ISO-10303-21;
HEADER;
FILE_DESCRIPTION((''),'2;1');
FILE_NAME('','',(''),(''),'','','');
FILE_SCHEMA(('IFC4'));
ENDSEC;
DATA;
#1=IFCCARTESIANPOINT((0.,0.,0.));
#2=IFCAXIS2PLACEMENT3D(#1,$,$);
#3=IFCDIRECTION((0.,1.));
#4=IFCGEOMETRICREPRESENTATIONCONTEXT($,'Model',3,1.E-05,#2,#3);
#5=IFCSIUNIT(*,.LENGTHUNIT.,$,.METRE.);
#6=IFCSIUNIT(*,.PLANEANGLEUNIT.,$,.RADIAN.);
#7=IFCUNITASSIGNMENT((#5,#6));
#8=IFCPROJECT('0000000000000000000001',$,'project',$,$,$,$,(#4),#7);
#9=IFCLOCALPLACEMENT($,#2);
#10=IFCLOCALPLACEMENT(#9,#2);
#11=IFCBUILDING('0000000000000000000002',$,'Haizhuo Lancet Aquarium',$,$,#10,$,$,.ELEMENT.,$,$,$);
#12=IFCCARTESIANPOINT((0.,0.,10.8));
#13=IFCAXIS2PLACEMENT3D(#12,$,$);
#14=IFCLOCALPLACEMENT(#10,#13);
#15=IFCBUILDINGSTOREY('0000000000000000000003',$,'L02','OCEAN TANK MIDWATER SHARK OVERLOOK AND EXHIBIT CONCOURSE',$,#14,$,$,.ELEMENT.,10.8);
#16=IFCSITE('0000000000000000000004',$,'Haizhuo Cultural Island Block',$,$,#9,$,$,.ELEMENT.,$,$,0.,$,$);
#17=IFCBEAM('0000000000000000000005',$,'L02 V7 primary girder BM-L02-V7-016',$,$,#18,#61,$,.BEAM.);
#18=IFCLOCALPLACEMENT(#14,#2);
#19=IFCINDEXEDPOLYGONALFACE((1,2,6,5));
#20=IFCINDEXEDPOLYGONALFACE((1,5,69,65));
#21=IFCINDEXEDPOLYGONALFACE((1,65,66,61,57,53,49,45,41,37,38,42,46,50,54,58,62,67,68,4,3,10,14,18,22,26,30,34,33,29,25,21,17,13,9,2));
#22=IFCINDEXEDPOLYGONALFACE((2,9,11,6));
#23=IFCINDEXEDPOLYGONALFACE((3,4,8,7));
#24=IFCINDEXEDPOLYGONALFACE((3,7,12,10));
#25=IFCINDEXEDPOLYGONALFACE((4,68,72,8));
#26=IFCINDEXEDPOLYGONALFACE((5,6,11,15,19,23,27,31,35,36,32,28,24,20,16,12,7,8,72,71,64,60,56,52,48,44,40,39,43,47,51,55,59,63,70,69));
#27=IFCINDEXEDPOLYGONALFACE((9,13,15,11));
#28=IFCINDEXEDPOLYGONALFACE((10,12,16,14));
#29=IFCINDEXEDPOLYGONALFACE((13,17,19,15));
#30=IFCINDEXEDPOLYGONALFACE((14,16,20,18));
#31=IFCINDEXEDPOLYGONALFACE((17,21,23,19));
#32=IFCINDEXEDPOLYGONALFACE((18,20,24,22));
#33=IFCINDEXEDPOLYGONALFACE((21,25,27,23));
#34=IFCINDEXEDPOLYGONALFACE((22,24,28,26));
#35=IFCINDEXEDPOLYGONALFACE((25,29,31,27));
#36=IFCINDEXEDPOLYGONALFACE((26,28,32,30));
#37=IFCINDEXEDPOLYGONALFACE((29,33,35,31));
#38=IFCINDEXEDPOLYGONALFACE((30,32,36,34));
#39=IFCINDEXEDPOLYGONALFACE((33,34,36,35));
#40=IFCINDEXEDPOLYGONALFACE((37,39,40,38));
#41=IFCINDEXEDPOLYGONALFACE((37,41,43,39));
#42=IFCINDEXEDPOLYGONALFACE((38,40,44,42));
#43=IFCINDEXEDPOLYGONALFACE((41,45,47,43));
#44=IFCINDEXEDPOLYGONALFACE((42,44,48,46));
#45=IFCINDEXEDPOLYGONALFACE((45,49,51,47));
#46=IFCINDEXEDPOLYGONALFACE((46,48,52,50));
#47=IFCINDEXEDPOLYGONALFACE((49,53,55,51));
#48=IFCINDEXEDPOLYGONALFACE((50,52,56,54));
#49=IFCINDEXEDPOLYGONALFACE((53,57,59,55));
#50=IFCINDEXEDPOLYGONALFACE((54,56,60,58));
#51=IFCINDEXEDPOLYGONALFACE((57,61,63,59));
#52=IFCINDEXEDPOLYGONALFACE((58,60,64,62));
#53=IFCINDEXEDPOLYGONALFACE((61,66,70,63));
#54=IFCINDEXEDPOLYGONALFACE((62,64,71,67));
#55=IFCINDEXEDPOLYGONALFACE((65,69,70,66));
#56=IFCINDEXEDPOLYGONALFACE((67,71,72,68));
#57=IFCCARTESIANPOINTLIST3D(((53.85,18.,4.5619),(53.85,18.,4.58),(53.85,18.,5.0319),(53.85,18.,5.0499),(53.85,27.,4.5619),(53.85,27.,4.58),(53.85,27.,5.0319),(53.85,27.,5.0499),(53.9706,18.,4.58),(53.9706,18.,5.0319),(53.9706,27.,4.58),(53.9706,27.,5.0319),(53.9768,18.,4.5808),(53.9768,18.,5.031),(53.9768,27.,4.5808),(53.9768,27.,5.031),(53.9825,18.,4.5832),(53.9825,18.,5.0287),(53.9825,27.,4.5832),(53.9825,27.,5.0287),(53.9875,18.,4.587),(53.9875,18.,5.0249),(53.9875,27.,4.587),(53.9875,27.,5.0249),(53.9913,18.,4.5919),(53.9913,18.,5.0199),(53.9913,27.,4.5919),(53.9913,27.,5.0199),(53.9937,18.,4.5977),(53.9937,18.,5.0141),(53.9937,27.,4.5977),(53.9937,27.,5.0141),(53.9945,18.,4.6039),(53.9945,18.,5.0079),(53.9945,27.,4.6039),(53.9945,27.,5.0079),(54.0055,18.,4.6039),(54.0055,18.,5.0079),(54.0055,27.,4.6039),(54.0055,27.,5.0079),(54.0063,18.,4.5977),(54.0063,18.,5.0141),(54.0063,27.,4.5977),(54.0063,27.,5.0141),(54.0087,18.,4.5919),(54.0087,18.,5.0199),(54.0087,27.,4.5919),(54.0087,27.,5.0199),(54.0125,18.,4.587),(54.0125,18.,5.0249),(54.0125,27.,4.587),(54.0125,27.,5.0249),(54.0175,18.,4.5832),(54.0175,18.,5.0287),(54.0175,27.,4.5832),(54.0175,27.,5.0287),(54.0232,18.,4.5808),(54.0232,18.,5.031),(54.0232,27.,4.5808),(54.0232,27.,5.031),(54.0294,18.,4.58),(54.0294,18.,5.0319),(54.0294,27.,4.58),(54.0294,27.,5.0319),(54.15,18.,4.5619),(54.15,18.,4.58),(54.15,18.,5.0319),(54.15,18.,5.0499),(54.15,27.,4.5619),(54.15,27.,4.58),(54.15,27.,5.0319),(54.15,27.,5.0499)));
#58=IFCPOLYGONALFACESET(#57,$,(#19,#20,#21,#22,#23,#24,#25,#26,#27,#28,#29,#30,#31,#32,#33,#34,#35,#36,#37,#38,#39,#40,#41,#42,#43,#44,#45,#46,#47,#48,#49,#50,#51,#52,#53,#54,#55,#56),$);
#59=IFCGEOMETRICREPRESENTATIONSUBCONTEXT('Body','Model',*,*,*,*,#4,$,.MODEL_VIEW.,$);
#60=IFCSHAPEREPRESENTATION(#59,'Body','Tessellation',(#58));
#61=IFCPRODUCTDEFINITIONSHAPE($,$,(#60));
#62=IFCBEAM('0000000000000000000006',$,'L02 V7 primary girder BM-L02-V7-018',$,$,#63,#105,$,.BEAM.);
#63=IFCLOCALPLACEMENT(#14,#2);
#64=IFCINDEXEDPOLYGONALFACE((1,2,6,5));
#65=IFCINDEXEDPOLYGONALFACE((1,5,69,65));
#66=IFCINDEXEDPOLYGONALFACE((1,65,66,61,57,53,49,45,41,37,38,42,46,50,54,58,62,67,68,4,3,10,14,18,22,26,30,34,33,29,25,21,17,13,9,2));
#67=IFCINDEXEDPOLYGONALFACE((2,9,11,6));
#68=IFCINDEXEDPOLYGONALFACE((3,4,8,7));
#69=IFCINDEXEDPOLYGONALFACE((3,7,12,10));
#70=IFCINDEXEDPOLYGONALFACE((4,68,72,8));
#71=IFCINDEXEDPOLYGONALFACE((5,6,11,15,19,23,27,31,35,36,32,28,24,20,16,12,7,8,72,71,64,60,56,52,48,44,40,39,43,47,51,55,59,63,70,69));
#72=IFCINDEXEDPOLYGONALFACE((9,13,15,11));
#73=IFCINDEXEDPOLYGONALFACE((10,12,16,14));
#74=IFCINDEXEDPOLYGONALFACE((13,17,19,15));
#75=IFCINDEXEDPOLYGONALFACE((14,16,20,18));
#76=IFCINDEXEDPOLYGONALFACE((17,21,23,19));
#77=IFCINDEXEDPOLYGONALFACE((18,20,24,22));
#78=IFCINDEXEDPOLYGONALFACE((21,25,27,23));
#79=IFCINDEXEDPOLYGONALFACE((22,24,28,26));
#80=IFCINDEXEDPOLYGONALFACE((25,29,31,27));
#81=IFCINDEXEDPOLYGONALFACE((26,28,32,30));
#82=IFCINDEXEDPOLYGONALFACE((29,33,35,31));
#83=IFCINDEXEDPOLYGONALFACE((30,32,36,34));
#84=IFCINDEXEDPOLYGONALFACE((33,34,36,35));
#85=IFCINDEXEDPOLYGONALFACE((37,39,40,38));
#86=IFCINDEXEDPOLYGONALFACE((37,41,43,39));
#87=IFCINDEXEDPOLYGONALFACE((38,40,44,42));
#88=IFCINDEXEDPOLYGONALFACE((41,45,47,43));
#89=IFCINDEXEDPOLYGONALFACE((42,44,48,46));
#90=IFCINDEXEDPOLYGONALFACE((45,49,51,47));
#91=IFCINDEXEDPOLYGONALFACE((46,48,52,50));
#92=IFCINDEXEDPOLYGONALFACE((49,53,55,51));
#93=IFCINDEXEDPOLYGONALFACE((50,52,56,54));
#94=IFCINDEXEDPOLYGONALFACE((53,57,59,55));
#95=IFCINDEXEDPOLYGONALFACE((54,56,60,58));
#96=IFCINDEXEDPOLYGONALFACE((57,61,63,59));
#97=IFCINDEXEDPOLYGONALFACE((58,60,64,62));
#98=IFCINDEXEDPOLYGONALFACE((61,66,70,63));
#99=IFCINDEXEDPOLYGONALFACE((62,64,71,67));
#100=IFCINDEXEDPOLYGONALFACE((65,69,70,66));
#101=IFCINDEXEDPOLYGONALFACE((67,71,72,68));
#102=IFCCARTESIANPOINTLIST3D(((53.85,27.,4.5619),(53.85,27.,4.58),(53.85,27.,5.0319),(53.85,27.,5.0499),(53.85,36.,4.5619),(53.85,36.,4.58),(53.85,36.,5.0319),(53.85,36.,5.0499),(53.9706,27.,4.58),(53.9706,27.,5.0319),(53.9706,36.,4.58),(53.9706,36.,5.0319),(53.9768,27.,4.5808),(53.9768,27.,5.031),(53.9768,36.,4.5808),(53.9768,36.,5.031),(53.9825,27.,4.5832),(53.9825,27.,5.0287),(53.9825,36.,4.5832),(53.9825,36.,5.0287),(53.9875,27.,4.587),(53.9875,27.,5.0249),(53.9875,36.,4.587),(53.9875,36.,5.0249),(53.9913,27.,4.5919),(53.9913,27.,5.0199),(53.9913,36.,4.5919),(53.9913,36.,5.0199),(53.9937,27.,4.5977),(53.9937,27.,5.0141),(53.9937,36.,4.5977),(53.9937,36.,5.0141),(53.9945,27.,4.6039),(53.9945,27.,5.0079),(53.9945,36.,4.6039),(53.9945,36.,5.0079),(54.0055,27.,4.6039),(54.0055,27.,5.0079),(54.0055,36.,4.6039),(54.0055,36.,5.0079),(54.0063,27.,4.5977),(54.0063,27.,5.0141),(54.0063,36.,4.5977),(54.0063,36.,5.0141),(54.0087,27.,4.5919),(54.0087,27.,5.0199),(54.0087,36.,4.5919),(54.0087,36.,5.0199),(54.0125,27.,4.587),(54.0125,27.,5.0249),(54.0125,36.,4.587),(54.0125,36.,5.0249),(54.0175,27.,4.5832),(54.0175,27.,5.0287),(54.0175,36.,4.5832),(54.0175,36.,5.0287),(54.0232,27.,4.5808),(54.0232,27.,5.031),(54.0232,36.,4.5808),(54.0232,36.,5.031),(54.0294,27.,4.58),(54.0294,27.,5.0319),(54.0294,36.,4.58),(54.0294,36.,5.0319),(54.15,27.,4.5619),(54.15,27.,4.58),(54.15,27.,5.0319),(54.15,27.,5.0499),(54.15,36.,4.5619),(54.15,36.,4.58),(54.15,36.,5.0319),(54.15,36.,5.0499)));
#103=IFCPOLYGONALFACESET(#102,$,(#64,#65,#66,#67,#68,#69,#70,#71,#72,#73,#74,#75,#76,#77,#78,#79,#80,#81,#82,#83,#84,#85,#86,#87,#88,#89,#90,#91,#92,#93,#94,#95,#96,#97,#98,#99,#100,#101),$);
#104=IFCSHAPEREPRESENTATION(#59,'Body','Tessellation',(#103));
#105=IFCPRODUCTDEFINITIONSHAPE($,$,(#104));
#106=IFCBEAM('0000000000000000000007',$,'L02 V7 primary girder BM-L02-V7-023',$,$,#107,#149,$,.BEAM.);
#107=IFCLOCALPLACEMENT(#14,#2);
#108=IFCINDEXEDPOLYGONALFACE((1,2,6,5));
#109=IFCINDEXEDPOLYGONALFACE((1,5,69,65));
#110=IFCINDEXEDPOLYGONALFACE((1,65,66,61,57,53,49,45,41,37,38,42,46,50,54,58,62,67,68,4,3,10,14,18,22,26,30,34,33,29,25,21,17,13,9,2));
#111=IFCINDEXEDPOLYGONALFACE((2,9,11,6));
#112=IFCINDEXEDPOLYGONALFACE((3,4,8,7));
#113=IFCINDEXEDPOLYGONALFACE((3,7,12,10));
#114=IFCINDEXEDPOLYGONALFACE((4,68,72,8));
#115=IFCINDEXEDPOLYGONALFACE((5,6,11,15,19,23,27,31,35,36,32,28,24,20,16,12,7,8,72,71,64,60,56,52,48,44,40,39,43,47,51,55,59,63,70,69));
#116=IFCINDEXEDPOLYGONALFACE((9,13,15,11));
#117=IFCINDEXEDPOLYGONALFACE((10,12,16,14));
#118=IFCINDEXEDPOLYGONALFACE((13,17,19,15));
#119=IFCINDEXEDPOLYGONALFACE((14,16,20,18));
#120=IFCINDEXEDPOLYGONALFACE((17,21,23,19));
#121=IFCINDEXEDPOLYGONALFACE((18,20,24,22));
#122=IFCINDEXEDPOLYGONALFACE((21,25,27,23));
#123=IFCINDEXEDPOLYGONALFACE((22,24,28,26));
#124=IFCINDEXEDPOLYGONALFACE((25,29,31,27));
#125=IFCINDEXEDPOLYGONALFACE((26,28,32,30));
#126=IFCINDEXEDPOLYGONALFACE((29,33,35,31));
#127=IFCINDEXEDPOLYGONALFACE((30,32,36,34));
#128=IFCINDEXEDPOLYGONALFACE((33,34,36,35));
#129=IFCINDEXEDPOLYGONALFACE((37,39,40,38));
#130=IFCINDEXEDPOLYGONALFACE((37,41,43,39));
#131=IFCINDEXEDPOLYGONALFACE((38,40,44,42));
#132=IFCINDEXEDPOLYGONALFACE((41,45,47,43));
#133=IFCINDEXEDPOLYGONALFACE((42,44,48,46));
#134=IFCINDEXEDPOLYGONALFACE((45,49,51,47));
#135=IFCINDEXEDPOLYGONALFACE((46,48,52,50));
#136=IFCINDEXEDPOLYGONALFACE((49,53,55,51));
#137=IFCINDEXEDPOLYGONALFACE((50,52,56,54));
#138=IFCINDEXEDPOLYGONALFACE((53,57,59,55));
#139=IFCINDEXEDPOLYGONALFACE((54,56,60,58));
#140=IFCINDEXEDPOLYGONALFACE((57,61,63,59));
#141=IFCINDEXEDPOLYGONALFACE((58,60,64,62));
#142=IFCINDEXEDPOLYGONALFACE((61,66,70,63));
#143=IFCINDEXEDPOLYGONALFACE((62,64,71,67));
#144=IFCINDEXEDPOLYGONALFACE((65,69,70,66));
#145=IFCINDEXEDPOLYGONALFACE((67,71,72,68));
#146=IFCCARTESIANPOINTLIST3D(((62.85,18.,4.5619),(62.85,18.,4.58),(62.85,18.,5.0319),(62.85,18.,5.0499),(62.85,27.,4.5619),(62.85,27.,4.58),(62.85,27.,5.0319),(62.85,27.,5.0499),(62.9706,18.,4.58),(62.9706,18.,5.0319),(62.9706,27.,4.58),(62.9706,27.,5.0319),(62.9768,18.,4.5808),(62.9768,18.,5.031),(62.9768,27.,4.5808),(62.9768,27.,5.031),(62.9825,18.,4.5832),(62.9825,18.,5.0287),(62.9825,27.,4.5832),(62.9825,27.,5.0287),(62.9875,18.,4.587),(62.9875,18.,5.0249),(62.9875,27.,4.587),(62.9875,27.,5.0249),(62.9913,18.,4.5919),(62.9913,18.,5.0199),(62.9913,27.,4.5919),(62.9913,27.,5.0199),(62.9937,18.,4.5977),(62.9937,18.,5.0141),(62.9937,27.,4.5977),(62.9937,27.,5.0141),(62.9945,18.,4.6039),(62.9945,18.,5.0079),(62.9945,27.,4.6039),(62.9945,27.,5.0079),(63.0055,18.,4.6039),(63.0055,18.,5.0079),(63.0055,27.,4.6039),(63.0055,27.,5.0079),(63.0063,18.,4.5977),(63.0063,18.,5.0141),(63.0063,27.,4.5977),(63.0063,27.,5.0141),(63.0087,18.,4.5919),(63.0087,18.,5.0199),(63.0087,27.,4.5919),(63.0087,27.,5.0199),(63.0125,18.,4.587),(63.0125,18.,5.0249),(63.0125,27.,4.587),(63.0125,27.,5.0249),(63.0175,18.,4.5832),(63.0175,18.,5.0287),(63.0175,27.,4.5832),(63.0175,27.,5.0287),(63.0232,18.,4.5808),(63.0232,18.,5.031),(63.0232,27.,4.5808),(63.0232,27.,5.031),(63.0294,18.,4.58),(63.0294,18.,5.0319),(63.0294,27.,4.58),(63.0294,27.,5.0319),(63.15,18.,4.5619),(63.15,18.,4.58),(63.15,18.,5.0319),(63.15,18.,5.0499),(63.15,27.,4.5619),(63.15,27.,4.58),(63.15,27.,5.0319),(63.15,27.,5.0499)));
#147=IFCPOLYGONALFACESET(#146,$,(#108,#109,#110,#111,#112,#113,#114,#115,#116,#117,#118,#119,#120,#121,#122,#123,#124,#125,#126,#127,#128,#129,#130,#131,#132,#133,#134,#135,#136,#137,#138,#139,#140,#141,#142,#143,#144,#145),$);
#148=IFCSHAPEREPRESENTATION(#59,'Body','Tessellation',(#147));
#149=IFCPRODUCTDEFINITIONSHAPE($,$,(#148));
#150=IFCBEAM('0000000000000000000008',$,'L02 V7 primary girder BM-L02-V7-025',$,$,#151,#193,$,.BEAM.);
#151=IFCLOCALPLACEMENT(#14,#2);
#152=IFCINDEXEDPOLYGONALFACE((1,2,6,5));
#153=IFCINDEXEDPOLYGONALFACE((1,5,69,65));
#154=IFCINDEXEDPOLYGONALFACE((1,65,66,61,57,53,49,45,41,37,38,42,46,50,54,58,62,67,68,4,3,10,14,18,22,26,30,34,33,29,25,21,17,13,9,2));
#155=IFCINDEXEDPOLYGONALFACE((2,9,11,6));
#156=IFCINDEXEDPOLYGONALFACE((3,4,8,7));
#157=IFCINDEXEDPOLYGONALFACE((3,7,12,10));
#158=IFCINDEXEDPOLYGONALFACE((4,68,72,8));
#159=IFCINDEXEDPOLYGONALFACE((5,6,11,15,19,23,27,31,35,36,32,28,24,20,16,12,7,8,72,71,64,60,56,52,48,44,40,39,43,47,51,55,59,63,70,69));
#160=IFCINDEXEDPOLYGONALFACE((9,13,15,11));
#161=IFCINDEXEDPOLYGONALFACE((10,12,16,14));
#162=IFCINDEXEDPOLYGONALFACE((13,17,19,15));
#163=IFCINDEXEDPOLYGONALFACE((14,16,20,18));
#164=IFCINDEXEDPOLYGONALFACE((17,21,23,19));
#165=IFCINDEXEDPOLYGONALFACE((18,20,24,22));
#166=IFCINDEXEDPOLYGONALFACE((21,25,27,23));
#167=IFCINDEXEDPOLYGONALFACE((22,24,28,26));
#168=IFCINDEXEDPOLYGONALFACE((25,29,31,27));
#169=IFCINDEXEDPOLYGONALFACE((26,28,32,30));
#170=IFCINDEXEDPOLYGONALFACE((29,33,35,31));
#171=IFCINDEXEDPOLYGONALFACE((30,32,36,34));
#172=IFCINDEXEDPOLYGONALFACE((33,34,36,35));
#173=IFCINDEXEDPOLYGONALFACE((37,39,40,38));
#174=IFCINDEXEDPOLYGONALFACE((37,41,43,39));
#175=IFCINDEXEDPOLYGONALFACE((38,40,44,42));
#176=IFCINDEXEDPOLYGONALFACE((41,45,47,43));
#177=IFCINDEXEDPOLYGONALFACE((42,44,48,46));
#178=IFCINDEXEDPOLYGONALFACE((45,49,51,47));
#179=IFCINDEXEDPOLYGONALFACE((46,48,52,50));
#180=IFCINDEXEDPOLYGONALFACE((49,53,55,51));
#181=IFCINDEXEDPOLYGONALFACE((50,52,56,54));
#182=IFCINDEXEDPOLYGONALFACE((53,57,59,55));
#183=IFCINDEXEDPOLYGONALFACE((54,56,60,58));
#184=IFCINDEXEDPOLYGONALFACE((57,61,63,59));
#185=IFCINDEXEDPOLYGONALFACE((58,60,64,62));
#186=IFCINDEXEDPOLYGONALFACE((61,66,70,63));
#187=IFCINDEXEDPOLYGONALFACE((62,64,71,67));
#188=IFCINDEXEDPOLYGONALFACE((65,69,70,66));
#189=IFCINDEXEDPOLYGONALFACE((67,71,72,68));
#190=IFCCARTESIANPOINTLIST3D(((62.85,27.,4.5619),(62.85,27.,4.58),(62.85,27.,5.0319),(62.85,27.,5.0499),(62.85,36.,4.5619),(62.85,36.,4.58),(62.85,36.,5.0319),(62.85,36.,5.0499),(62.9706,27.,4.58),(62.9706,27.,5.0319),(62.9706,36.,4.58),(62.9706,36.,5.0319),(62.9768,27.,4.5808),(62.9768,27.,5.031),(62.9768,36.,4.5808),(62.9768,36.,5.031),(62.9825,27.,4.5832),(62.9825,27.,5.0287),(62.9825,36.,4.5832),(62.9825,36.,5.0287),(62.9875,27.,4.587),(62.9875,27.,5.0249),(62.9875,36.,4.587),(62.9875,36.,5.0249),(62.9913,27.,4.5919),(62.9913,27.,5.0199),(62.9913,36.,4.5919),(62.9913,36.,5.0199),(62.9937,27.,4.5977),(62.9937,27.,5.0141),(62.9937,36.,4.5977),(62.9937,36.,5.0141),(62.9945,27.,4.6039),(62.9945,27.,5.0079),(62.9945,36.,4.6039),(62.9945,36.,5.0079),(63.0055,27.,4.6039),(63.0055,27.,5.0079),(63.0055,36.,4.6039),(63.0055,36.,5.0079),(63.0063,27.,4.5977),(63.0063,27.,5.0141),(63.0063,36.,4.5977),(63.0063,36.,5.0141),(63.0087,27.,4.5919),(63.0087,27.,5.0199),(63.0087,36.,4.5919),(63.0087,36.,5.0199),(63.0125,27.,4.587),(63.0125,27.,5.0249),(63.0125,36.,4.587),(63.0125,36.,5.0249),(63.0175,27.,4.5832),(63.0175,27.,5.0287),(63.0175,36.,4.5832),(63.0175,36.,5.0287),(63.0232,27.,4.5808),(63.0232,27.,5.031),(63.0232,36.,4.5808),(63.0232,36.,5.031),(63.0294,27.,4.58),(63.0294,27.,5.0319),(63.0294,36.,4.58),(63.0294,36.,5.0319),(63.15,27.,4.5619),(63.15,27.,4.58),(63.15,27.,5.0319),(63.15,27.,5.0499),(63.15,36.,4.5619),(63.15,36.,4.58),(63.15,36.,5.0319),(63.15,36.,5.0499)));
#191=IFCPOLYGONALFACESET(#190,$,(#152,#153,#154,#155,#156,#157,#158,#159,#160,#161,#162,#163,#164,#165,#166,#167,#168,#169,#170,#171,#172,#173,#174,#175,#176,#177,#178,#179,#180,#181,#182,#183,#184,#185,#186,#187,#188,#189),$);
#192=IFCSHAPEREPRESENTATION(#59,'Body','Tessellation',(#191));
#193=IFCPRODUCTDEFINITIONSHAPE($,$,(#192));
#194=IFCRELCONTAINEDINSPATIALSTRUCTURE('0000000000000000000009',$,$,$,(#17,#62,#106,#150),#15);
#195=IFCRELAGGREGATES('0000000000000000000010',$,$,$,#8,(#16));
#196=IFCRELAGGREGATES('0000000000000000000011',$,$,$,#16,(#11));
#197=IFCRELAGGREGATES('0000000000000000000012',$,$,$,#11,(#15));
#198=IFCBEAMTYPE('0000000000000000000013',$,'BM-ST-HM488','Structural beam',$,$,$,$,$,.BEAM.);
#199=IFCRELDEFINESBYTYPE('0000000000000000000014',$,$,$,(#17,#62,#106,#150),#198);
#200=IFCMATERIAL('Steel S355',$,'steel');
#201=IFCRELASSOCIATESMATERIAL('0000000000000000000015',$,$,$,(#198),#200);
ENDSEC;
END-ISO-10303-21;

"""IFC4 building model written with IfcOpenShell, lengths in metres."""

from ifc_helpers import new_model, si_unit, direction, frame, origin, origin_2d, place, context, subcontext, project, spatial, i_section, extrude, material, material_profile, profile_set, type_object, element, save


model = new_model("IFC4")

# Units and contexts
model_context = context("Model", 3, precision=1e-05, world=origin(), true_north=direction((0.0, 1.0)))
body_context = subcontext(model_context, "Body", "Model", "MODEL_VIEW")
ifc_project = project(units=[si_unit("LENGTHUNIT", "METRE"), si_unit("PLANEANGLEUNIT", "RADIAN")], contexts=[model_context])

# Site, building, storey
site_placement = place(None, origin())
site = spatial("IfcSite", under=ifc_project, at=site_placement, Name="Haizhuo Cultural Island Block", CompositionType="ELEMENT", RefElevation=0.0)
building_placement = place(site_placement, origin())
building = spatial("IfcBuilding", under=site, at=building_placement, Name="Haizhuo Lancet Aquarium", CompositionType="ELEMENT")
storey_placement = place(building_placement, frame((0.0, 0.0, 10.8)))
storey = spatial("IfcBuildingStorey", under=building, at=storey_placement, Name="L02", Description="OCEAN TANK MIDWATER SHARK OVERLOOK AND EXHIBIT CONCOURSE", CompositionType="ELEMENT", Elevation=10.8)

# Shared definitions
ifc_material_1 = material(Name="Steel S355", Category="steel")

# Beams
ifc_material_profile_1 = material_profile(ifc_material_1, i_section(OverallWidth=0.3, OverallDepth=0.488, WebThickness=0.011, FlangeThickness=0.0181, FilletRadius=0.0239, at=origin_2d()), Name="HM 488x300x11x18")
ifc_profile_set_1 = profile_set([ifc_material_profile_1], Name="Steel S355")
beam_type_1 = type_object("IfcBeamType", Name="BM-ST-HM488", Description="Structural beam", PredefinedType="BEAM", material=ifc_profile_set_1)
for number, where, z_axis, x_axis, name in (
    (1, (54.0, 18.0, 4.8059), (0.0, 1.0, 0.0), (-1.0, 0.0, 0.0), "L02 V7 primary girder BM-L02-V7-016"),
    (2, (54.0, 27.0, 4.8059), (0.0, 1.0, 0.0), (-1.0, 0.0, 0.0), "L02 V7 primary girder BM-L02-V7-018"),
    (3, (63.0, 18.0, 4.8059), (0.0, 1.0, 0.0), (-1.0, 0.0, 0.0), "L02 V7 primary girder BM-L02-V7-023"),
    (4, (63.0, 27.0, 4.8059), (0.0, 1.0, 0.0), (-1.0, 0.0, 0.0), "L02 V7 primary girder BM-L02-V7-025"),
):
    element("IfcBeam", number, at=place(storey_placement, frame(where, z_axis=z_axis, x_axis=x_axis)), inside=storey, type_object=beam_type_1, Name=name, PredefinedType="BEAM", context=body_context, shape_type="SweptSolid", body=[
        extrude(i_section(OverallWidth=0.3, OverallDepth=0.488, WebThickness=0.011, FlangeThickness=0.0181, FilletRadius=0.0239, at=origin_2d()), origin(), (0.0, 0.0, 1.0), 9.0),
    ])

save(model, "model.ifc")
